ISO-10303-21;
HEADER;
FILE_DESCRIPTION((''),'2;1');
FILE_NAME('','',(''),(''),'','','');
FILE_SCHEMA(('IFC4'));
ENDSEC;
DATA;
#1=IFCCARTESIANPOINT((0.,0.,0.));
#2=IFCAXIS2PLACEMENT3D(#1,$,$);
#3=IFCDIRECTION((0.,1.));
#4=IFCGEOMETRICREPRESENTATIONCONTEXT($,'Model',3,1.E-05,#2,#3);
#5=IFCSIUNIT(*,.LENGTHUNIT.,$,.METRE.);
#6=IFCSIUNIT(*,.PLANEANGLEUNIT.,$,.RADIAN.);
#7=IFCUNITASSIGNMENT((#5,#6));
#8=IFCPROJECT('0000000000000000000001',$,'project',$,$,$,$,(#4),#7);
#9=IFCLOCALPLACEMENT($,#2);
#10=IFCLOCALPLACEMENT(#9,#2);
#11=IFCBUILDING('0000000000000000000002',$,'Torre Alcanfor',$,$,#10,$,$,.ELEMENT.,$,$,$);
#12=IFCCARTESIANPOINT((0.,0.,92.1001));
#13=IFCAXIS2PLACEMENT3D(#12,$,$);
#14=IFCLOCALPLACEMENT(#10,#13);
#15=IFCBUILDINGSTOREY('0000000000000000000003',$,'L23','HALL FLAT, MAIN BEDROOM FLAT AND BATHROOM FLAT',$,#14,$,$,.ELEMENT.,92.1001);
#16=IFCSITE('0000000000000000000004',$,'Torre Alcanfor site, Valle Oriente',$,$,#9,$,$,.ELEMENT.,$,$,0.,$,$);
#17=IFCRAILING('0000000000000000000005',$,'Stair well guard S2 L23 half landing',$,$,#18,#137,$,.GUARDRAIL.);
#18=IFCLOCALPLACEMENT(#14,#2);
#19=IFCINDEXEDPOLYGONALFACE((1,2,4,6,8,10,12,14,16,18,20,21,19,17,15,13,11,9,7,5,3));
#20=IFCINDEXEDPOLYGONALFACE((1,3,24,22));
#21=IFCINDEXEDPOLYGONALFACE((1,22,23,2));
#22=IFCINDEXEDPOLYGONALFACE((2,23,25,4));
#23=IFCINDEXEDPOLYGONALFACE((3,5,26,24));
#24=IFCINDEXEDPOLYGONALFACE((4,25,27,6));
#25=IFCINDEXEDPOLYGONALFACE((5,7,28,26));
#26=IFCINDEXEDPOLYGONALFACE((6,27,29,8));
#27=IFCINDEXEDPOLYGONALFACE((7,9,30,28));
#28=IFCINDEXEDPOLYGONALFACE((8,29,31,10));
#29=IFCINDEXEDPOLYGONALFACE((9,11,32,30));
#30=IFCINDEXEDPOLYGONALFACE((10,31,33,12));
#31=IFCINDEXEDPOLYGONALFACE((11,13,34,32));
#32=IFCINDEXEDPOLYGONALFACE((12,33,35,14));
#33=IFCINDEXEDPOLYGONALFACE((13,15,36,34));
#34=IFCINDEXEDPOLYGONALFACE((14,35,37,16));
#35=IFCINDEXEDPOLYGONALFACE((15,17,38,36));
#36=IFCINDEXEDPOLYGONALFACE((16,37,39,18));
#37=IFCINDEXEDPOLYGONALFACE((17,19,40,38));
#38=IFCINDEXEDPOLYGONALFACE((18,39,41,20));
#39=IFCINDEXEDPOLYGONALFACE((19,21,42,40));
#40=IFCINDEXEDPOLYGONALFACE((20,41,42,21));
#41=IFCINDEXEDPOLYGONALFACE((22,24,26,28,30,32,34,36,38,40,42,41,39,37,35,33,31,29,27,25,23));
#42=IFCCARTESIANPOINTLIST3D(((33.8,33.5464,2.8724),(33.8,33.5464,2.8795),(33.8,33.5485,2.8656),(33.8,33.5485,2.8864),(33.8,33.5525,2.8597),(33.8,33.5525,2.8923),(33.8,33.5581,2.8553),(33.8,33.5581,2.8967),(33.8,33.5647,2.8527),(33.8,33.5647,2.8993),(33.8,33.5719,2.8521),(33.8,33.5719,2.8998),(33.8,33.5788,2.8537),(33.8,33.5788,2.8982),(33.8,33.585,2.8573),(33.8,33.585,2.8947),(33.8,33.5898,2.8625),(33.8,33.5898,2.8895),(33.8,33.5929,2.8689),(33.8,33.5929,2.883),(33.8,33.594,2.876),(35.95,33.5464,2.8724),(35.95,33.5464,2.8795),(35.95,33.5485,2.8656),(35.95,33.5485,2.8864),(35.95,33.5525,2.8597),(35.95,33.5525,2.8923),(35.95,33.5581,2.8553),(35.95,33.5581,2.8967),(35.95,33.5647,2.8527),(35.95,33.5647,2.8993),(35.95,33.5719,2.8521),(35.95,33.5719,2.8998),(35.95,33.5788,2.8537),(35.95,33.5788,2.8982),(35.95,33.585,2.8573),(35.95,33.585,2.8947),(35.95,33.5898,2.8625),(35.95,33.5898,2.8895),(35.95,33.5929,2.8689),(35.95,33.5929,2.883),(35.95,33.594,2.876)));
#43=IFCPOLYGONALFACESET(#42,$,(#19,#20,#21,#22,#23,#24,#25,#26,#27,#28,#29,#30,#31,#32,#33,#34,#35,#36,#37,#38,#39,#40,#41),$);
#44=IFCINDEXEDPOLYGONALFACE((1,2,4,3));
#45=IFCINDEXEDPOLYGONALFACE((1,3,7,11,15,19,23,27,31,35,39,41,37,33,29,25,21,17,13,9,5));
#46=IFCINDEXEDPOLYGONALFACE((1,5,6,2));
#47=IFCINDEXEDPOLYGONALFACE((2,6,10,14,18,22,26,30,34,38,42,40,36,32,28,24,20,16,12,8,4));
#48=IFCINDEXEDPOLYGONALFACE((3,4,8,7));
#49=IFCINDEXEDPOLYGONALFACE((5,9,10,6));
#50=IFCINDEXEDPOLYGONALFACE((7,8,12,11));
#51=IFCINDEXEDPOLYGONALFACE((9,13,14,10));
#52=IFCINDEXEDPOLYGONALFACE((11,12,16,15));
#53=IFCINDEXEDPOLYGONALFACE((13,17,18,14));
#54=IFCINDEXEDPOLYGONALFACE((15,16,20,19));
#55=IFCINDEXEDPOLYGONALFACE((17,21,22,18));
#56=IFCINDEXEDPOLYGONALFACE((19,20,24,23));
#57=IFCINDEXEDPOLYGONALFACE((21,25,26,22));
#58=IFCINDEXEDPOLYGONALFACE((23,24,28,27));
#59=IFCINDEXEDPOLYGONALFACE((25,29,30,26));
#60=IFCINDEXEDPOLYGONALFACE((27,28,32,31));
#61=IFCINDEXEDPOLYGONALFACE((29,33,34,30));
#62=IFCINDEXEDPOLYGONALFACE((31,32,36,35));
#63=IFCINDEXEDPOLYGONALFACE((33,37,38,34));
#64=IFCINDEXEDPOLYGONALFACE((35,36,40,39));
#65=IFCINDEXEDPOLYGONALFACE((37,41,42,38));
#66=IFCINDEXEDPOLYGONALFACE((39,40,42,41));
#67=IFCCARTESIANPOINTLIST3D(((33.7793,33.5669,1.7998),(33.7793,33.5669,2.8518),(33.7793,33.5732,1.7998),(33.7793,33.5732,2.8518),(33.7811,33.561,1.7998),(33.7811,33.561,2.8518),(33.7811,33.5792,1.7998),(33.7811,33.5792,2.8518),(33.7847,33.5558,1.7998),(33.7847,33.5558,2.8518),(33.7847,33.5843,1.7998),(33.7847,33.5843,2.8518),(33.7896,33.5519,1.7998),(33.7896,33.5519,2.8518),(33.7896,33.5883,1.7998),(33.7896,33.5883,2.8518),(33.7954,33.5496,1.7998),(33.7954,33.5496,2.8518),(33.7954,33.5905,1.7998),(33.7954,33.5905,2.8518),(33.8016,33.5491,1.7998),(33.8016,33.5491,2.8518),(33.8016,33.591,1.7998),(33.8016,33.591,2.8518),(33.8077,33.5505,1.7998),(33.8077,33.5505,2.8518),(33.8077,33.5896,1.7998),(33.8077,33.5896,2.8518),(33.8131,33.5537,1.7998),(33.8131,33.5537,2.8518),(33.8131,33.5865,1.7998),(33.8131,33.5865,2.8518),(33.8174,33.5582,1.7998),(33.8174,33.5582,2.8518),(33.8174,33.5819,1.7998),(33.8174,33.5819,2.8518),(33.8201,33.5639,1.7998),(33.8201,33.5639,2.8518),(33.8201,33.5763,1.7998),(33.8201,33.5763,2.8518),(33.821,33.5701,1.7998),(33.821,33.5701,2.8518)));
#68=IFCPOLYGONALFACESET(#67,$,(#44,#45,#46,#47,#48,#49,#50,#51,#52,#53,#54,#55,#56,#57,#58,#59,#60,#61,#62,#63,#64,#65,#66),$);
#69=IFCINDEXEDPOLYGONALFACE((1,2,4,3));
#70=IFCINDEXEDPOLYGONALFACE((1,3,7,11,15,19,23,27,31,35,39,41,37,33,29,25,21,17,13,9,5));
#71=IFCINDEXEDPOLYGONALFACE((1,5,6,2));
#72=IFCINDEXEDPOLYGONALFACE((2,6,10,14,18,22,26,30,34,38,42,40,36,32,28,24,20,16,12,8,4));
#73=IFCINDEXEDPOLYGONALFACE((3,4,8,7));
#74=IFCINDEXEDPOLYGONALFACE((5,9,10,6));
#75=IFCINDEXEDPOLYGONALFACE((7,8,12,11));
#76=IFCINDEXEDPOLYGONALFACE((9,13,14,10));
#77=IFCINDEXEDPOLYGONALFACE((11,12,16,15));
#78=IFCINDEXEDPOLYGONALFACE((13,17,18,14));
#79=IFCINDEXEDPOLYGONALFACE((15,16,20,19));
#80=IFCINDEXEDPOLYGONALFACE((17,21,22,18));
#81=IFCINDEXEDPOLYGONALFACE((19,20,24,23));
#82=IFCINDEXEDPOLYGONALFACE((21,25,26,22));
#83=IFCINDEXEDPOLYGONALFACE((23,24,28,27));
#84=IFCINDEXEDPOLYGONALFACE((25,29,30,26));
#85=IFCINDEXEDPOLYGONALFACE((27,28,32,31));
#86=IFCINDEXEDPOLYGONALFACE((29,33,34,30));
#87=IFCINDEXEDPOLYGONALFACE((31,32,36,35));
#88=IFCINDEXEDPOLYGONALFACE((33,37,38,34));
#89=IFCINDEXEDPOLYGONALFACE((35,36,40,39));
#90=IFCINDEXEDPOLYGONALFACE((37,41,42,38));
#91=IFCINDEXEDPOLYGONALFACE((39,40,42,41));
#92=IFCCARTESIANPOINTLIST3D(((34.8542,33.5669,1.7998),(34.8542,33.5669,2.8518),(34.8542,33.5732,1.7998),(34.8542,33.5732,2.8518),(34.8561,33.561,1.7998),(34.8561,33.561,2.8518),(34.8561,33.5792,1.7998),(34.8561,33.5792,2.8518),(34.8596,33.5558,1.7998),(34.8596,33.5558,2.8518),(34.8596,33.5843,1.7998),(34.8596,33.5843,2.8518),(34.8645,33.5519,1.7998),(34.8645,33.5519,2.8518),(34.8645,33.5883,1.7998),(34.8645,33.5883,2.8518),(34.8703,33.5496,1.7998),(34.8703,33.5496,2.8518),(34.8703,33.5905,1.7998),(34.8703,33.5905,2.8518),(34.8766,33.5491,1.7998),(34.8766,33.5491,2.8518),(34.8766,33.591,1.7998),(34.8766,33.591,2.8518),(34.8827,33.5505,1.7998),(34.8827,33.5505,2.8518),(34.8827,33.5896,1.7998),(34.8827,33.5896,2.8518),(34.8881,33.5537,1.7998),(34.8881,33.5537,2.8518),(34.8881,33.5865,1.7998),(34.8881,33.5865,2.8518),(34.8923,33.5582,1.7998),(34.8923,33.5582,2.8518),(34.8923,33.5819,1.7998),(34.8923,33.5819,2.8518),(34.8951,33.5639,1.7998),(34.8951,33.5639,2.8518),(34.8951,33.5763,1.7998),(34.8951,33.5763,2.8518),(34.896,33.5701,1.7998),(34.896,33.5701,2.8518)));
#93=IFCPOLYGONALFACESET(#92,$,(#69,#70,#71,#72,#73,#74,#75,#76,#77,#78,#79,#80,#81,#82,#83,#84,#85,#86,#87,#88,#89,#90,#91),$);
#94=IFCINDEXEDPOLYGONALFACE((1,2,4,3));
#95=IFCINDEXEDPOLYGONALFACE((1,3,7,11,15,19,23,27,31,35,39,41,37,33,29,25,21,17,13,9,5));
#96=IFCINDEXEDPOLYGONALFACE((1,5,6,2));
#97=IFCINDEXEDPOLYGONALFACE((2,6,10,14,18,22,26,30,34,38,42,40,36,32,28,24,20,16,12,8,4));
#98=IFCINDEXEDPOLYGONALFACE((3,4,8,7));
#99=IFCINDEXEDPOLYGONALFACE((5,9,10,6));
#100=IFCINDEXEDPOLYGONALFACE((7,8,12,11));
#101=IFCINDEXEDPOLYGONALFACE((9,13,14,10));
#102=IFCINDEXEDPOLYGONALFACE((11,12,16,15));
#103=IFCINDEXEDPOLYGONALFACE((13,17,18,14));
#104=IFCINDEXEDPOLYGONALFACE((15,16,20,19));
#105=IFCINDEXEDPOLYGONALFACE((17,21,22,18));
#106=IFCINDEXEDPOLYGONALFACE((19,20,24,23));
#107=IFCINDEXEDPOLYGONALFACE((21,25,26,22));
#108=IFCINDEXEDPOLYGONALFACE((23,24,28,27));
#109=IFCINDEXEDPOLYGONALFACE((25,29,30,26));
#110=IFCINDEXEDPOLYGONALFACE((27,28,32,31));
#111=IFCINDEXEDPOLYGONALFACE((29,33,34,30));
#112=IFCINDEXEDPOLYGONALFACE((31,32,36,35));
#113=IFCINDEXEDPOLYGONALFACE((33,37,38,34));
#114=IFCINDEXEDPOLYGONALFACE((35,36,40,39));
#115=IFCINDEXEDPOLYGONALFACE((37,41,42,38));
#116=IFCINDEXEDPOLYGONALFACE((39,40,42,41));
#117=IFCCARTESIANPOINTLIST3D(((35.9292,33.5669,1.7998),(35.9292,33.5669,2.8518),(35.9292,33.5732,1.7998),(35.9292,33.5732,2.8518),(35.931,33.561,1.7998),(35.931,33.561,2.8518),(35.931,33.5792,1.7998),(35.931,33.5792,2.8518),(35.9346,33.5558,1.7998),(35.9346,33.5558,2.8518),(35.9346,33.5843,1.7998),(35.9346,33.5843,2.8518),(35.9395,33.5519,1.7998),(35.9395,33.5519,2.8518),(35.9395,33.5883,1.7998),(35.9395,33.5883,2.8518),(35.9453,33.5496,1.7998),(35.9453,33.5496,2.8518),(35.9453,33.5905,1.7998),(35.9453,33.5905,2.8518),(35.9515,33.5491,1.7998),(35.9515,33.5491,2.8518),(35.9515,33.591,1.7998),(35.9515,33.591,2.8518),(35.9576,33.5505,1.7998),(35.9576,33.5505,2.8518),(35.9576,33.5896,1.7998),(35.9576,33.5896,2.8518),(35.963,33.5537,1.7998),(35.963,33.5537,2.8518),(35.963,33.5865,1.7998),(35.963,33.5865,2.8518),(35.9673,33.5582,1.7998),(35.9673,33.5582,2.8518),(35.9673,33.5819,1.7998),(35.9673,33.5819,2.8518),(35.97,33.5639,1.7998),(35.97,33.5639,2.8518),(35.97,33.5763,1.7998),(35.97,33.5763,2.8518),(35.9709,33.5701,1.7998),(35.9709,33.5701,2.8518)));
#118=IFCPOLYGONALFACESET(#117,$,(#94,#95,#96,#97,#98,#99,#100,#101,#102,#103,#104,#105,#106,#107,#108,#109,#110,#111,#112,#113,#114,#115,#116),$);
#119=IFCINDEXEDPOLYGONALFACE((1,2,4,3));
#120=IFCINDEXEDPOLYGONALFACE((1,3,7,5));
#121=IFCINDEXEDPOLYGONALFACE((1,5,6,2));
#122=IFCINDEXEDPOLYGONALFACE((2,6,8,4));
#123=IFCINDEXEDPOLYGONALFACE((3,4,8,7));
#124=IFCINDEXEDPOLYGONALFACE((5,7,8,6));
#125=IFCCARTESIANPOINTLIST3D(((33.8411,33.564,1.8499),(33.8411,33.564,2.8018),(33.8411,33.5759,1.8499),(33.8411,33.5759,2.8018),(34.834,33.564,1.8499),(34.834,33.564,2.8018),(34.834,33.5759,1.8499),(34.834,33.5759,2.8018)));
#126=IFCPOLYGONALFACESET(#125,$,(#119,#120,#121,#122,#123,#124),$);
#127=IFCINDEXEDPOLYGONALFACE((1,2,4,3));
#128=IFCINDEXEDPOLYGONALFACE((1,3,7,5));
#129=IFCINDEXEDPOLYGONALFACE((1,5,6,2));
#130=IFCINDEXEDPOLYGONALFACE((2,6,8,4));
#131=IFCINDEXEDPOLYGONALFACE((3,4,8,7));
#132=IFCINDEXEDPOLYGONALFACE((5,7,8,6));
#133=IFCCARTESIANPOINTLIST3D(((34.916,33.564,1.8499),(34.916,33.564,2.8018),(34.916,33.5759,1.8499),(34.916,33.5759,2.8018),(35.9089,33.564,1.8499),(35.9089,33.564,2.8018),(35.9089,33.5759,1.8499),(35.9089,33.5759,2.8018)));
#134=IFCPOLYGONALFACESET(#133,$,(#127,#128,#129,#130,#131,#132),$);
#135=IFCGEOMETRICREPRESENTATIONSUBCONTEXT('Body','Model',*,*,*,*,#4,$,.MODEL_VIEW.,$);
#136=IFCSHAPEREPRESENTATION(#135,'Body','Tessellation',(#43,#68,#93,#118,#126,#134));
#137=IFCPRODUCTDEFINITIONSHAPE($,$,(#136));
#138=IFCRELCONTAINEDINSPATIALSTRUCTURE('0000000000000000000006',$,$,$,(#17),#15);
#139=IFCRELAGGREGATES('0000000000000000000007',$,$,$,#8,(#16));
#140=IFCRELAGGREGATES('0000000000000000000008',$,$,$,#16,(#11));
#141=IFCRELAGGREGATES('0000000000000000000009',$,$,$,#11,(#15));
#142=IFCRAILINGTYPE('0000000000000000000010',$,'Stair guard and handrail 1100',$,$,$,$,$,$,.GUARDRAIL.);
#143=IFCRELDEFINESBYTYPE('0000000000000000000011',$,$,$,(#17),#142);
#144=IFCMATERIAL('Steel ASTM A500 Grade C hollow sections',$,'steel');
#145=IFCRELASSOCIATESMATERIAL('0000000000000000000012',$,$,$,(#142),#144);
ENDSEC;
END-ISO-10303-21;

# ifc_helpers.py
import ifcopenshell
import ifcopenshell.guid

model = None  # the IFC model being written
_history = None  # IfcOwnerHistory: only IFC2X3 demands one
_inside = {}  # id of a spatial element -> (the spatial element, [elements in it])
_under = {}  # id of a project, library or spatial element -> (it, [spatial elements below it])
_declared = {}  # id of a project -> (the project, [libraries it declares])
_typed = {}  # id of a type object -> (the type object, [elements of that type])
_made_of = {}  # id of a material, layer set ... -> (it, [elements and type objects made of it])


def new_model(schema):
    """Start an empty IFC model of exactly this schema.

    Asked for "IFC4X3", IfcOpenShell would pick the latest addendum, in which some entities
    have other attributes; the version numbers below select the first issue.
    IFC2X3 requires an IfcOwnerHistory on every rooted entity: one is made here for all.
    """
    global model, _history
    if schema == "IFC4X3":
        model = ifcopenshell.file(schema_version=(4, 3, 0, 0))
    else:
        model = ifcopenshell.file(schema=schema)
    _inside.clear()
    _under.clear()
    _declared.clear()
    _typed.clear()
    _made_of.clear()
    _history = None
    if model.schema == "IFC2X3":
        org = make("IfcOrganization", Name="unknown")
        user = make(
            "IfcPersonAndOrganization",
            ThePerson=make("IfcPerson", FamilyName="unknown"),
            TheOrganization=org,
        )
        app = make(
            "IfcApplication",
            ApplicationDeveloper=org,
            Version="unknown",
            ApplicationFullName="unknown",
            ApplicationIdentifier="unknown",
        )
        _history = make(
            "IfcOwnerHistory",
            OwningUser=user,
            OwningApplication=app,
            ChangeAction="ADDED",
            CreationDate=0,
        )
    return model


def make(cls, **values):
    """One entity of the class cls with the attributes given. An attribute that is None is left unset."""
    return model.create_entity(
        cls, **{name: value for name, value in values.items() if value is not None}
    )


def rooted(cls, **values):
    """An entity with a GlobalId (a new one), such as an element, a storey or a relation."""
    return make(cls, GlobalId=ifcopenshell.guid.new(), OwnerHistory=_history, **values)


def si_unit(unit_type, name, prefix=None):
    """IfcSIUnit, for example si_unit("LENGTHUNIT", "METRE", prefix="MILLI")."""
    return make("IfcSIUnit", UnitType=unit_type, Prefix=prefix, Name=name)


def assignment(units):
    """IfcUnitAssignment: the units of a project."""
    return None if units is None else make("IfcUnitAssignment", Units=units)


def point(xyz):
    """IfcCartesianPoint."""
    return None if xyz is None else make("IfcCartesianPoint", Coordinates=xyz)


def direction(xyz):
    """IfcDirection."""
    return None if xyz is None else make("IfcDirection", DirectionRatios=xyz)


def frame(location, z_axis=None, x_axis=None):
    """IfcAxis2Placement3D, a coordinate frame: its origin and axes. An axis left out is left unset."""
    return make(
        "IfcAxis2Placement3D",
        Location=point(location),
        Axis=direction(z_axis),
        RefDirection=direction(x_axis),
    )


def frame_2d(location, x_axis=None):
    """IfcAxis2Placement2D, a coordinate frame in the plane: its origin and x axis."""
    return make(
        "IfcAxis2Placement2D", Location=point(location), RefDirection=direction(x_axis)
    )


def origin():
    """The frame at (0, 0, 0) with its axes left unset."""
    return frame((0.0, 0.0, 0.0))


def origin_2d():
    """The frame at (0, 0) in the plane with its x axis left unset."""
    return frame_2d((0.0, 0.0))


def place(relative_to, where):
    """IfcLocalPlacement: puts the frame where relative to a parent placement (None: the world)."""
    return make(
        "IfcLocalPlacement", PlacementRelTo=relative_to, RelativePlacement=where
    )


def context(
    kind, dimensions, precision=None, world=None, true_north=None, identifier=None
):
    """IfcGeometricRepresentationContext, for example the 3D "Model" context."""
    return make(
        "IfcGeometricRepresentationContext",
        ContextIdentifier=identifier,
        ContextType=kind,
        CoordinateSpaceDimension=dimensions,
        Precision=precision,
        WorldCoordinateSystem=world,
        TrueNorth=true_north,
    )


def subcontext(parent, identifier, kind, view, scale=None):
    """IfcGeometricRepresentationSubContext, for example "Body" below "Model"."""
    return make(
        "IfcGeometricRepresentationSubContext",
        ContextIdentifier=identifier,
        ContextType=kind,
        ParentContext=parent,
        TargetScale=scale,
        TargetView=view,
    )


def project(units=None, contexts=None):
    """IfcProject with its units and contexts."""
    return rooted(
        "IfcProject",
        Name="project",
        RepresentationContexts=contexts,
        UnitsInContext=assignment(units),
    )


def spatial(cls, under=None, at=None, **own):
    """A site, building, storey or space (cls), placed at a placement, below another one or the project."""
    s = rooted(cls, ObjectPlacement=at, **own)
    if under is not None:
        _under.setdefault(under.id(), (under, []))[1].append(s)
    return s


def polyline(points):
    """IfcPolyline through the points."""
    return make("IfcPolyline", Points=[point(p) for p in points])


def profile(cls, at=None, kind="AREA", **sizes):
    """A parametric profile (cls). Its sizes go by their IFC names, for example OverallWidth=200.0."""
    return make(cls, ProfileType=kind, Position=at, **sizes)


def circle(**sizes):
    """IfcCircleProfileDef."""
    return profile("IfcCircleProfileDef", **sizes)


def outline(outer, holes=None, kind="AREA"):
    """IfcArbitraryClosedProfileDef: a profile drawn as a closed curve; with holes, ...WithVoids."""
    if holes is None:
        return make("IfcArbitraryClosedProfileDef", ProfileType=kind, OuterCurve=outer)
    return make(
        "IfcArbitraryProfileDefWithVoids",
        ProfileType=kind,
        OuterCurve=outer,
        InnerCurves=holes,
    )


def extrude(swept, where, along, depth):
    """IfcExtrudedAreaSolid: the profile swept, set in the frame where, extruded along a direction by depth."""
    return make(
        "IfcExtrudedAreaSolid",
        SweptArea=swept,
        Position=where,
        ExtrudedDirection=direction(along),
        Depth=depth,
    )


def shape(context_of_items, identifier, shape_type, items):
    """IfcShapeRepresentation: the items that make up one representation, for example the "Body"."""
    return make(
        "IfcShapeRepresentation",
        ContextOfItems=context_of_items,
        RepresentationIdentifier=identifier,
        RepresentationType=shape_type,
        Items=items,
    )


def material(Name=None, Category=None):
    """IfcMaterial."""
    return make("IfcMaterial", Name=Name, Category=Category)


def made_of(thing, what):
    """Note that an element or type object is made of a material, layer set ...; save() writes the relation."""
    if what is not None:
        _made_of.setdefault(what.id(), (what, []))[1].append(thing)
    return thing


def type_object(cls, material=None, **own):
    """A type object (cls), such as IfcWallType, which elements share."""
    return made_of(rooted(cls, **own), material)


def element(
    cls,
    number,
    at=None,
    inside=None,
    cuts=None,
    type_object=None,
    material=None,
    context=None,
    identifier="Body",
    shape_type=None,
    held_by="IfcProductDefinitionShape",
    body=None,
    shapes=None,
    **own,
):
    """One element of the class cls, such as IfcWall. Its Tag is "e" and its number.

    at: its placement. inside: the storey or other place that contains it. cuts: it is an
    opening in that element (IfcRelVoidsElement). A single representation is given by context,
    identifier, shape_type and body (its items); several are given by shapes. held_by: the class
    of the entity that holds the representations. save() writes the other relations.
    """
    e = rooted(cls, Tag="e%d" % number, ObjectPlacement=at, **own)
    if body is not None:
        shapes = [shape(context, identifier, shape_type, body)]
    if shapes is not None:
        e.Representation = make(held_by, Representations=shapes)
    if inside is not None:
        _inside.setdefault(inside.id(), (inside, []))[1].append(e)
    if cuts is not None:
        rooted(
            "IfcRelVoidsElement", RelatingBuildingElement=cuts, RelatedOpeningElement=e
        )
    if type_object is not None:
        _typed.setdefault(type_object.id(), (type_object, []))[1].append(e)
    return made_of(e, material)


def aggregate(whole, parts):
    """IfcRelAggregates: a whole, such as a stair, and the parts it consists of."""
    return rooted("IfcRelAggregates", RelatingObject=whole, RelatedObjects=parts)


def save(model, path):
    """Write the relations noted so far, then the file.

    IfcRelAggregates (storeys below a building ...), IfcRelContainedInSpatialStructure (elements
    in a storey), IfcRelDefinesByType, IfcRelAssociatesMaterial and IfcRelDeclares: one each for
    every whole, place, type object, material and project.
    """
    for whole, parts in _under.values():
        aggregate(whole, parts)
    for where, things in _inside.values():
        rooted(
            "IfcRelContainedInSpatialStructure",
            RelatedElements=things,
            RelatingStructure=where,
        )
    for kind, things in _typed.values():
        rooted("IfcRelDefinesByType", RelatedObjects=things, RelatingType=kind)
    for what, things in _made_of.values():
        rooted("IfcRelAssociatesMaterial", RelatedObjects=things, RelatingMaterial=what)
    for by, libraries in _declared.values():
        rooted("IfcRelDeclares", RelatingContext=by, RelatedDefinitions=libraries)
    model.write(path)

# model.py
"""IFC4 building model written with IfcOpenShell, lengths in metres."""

from ifc_helpers import new_model, si_unit, direction, frame, origin, origin_2d, place, context, subcontext, project, spatial, polyline, circle, outline, extrude, material, type_object, element, save


model = new_model("IFC4")

# Units and contexts
model_context = context("Model", 3, precision=1e-05, world=origin(), true_north=direction((0.0, 1.0)))
body_context = subcontext(model_context, "Body", "Model", "MODEL_VIEW")
ifc_project = project(units=[si_unit("LENGTHUNIT", "METRE"), si_unit("PLANEANGLEUNIT", "RADIAN")], contexts=[model_context])

# Site, building, storey
site_placement = place(None, origin())
site = spatial("IfcSite", under=ifc_project, at=site_placement, Name="Torre Alcanfor site, Valle Oriente", CompositionType="ELEMENT", RefElevation=0.0)
building_placement = place(site_placement, origin())
building = spatial("IfcBuilding", under=site, at=building_placement, Name="Torre Alcanfor", CompositionType="ELEMENT")
storey_placement = place(building_placement, frame((0.0, 0.0, 92.1001)))
storey = spatial("IfcBuildingStorey", under=building, at=storey_placement, Name="L23", Description="HALL FLAT, MAIN BEDROOM FLAT AND BATHROOM FLAT", CompositionType="ELEMENT", Elevation=92.1001)

# Railing
ifc_material_1 = material(Name="Steel ASTM A500 Grade C hollow sections", Category="steel")
railing_type_1 = type_object("IfcRailingType", Name="Stair guard and handrail 1100", PredefinedType="GUARDRAIL", material=ifc_material_1)
for number, where, name in (
    (1, (33.8, 33.5701, 1.7998), "Stair well guard S2 L23 half landing"),
):
    element("IfcRailing", number, at=place(storey_placement, frame(where)), inside=storey, type_object=railing_type_1, Name=name, PredefinedType="GUARDRAIL", context=body_context, shape_type="SweptSolid", body=[
        extrude(circle(Radius=0.0239, at=origin_2d()), frame((0.0, 0.0, 1.0762), z_axis=(1.0, 0.0, 0.0), x_axis=(0.0, 1.0, 0.0)), (0.0, 0.0, 1.0), 2.1499),
        extrude(circle(Radius=0.021, at=origin_2d()), origin(), (0.0, 0.0, 1.0), 1.052),
        extrude(circle(Radius=0.021, at=origin_2d()), frame((1.075, 0.0, 0.0)), (0.0, 0.0, 1.0), 1.052),
        extrude(circle(Radius=0.021, at=origin_2d()), frame((2.1499, 0.0, 0.0)), (0.0, 0.0, 1.0), 1.052),
        extrude(outline(polyline([(0.041, 0.05), (1.0339, 0.05), (1.0339, 1.002), (0.041, 1.002), (0.041, 0.05)])), frame((0.0, 0.0059, 0.0), z_axis=(0.0, -1.0, 0.0), x_axis=(1.0, 0.0, 0.0)), (0.0, 0.0, 1.0), 0.012),
        extrude(outline(polyline([(1.116, 0.05), (2.1089, 0.05), (2.1089, 1.002), (1.116, 1.002), (1.116, 0.05)])), frame((0.0, 0.0059, 0.0), z_axis=(0.0, -1.0, 0.0), x_axis=(1.0, 0.0, 0.0)), (0.0, 0.0, 1.0), 0.012),
    ])

save(model, "model.ifc")
